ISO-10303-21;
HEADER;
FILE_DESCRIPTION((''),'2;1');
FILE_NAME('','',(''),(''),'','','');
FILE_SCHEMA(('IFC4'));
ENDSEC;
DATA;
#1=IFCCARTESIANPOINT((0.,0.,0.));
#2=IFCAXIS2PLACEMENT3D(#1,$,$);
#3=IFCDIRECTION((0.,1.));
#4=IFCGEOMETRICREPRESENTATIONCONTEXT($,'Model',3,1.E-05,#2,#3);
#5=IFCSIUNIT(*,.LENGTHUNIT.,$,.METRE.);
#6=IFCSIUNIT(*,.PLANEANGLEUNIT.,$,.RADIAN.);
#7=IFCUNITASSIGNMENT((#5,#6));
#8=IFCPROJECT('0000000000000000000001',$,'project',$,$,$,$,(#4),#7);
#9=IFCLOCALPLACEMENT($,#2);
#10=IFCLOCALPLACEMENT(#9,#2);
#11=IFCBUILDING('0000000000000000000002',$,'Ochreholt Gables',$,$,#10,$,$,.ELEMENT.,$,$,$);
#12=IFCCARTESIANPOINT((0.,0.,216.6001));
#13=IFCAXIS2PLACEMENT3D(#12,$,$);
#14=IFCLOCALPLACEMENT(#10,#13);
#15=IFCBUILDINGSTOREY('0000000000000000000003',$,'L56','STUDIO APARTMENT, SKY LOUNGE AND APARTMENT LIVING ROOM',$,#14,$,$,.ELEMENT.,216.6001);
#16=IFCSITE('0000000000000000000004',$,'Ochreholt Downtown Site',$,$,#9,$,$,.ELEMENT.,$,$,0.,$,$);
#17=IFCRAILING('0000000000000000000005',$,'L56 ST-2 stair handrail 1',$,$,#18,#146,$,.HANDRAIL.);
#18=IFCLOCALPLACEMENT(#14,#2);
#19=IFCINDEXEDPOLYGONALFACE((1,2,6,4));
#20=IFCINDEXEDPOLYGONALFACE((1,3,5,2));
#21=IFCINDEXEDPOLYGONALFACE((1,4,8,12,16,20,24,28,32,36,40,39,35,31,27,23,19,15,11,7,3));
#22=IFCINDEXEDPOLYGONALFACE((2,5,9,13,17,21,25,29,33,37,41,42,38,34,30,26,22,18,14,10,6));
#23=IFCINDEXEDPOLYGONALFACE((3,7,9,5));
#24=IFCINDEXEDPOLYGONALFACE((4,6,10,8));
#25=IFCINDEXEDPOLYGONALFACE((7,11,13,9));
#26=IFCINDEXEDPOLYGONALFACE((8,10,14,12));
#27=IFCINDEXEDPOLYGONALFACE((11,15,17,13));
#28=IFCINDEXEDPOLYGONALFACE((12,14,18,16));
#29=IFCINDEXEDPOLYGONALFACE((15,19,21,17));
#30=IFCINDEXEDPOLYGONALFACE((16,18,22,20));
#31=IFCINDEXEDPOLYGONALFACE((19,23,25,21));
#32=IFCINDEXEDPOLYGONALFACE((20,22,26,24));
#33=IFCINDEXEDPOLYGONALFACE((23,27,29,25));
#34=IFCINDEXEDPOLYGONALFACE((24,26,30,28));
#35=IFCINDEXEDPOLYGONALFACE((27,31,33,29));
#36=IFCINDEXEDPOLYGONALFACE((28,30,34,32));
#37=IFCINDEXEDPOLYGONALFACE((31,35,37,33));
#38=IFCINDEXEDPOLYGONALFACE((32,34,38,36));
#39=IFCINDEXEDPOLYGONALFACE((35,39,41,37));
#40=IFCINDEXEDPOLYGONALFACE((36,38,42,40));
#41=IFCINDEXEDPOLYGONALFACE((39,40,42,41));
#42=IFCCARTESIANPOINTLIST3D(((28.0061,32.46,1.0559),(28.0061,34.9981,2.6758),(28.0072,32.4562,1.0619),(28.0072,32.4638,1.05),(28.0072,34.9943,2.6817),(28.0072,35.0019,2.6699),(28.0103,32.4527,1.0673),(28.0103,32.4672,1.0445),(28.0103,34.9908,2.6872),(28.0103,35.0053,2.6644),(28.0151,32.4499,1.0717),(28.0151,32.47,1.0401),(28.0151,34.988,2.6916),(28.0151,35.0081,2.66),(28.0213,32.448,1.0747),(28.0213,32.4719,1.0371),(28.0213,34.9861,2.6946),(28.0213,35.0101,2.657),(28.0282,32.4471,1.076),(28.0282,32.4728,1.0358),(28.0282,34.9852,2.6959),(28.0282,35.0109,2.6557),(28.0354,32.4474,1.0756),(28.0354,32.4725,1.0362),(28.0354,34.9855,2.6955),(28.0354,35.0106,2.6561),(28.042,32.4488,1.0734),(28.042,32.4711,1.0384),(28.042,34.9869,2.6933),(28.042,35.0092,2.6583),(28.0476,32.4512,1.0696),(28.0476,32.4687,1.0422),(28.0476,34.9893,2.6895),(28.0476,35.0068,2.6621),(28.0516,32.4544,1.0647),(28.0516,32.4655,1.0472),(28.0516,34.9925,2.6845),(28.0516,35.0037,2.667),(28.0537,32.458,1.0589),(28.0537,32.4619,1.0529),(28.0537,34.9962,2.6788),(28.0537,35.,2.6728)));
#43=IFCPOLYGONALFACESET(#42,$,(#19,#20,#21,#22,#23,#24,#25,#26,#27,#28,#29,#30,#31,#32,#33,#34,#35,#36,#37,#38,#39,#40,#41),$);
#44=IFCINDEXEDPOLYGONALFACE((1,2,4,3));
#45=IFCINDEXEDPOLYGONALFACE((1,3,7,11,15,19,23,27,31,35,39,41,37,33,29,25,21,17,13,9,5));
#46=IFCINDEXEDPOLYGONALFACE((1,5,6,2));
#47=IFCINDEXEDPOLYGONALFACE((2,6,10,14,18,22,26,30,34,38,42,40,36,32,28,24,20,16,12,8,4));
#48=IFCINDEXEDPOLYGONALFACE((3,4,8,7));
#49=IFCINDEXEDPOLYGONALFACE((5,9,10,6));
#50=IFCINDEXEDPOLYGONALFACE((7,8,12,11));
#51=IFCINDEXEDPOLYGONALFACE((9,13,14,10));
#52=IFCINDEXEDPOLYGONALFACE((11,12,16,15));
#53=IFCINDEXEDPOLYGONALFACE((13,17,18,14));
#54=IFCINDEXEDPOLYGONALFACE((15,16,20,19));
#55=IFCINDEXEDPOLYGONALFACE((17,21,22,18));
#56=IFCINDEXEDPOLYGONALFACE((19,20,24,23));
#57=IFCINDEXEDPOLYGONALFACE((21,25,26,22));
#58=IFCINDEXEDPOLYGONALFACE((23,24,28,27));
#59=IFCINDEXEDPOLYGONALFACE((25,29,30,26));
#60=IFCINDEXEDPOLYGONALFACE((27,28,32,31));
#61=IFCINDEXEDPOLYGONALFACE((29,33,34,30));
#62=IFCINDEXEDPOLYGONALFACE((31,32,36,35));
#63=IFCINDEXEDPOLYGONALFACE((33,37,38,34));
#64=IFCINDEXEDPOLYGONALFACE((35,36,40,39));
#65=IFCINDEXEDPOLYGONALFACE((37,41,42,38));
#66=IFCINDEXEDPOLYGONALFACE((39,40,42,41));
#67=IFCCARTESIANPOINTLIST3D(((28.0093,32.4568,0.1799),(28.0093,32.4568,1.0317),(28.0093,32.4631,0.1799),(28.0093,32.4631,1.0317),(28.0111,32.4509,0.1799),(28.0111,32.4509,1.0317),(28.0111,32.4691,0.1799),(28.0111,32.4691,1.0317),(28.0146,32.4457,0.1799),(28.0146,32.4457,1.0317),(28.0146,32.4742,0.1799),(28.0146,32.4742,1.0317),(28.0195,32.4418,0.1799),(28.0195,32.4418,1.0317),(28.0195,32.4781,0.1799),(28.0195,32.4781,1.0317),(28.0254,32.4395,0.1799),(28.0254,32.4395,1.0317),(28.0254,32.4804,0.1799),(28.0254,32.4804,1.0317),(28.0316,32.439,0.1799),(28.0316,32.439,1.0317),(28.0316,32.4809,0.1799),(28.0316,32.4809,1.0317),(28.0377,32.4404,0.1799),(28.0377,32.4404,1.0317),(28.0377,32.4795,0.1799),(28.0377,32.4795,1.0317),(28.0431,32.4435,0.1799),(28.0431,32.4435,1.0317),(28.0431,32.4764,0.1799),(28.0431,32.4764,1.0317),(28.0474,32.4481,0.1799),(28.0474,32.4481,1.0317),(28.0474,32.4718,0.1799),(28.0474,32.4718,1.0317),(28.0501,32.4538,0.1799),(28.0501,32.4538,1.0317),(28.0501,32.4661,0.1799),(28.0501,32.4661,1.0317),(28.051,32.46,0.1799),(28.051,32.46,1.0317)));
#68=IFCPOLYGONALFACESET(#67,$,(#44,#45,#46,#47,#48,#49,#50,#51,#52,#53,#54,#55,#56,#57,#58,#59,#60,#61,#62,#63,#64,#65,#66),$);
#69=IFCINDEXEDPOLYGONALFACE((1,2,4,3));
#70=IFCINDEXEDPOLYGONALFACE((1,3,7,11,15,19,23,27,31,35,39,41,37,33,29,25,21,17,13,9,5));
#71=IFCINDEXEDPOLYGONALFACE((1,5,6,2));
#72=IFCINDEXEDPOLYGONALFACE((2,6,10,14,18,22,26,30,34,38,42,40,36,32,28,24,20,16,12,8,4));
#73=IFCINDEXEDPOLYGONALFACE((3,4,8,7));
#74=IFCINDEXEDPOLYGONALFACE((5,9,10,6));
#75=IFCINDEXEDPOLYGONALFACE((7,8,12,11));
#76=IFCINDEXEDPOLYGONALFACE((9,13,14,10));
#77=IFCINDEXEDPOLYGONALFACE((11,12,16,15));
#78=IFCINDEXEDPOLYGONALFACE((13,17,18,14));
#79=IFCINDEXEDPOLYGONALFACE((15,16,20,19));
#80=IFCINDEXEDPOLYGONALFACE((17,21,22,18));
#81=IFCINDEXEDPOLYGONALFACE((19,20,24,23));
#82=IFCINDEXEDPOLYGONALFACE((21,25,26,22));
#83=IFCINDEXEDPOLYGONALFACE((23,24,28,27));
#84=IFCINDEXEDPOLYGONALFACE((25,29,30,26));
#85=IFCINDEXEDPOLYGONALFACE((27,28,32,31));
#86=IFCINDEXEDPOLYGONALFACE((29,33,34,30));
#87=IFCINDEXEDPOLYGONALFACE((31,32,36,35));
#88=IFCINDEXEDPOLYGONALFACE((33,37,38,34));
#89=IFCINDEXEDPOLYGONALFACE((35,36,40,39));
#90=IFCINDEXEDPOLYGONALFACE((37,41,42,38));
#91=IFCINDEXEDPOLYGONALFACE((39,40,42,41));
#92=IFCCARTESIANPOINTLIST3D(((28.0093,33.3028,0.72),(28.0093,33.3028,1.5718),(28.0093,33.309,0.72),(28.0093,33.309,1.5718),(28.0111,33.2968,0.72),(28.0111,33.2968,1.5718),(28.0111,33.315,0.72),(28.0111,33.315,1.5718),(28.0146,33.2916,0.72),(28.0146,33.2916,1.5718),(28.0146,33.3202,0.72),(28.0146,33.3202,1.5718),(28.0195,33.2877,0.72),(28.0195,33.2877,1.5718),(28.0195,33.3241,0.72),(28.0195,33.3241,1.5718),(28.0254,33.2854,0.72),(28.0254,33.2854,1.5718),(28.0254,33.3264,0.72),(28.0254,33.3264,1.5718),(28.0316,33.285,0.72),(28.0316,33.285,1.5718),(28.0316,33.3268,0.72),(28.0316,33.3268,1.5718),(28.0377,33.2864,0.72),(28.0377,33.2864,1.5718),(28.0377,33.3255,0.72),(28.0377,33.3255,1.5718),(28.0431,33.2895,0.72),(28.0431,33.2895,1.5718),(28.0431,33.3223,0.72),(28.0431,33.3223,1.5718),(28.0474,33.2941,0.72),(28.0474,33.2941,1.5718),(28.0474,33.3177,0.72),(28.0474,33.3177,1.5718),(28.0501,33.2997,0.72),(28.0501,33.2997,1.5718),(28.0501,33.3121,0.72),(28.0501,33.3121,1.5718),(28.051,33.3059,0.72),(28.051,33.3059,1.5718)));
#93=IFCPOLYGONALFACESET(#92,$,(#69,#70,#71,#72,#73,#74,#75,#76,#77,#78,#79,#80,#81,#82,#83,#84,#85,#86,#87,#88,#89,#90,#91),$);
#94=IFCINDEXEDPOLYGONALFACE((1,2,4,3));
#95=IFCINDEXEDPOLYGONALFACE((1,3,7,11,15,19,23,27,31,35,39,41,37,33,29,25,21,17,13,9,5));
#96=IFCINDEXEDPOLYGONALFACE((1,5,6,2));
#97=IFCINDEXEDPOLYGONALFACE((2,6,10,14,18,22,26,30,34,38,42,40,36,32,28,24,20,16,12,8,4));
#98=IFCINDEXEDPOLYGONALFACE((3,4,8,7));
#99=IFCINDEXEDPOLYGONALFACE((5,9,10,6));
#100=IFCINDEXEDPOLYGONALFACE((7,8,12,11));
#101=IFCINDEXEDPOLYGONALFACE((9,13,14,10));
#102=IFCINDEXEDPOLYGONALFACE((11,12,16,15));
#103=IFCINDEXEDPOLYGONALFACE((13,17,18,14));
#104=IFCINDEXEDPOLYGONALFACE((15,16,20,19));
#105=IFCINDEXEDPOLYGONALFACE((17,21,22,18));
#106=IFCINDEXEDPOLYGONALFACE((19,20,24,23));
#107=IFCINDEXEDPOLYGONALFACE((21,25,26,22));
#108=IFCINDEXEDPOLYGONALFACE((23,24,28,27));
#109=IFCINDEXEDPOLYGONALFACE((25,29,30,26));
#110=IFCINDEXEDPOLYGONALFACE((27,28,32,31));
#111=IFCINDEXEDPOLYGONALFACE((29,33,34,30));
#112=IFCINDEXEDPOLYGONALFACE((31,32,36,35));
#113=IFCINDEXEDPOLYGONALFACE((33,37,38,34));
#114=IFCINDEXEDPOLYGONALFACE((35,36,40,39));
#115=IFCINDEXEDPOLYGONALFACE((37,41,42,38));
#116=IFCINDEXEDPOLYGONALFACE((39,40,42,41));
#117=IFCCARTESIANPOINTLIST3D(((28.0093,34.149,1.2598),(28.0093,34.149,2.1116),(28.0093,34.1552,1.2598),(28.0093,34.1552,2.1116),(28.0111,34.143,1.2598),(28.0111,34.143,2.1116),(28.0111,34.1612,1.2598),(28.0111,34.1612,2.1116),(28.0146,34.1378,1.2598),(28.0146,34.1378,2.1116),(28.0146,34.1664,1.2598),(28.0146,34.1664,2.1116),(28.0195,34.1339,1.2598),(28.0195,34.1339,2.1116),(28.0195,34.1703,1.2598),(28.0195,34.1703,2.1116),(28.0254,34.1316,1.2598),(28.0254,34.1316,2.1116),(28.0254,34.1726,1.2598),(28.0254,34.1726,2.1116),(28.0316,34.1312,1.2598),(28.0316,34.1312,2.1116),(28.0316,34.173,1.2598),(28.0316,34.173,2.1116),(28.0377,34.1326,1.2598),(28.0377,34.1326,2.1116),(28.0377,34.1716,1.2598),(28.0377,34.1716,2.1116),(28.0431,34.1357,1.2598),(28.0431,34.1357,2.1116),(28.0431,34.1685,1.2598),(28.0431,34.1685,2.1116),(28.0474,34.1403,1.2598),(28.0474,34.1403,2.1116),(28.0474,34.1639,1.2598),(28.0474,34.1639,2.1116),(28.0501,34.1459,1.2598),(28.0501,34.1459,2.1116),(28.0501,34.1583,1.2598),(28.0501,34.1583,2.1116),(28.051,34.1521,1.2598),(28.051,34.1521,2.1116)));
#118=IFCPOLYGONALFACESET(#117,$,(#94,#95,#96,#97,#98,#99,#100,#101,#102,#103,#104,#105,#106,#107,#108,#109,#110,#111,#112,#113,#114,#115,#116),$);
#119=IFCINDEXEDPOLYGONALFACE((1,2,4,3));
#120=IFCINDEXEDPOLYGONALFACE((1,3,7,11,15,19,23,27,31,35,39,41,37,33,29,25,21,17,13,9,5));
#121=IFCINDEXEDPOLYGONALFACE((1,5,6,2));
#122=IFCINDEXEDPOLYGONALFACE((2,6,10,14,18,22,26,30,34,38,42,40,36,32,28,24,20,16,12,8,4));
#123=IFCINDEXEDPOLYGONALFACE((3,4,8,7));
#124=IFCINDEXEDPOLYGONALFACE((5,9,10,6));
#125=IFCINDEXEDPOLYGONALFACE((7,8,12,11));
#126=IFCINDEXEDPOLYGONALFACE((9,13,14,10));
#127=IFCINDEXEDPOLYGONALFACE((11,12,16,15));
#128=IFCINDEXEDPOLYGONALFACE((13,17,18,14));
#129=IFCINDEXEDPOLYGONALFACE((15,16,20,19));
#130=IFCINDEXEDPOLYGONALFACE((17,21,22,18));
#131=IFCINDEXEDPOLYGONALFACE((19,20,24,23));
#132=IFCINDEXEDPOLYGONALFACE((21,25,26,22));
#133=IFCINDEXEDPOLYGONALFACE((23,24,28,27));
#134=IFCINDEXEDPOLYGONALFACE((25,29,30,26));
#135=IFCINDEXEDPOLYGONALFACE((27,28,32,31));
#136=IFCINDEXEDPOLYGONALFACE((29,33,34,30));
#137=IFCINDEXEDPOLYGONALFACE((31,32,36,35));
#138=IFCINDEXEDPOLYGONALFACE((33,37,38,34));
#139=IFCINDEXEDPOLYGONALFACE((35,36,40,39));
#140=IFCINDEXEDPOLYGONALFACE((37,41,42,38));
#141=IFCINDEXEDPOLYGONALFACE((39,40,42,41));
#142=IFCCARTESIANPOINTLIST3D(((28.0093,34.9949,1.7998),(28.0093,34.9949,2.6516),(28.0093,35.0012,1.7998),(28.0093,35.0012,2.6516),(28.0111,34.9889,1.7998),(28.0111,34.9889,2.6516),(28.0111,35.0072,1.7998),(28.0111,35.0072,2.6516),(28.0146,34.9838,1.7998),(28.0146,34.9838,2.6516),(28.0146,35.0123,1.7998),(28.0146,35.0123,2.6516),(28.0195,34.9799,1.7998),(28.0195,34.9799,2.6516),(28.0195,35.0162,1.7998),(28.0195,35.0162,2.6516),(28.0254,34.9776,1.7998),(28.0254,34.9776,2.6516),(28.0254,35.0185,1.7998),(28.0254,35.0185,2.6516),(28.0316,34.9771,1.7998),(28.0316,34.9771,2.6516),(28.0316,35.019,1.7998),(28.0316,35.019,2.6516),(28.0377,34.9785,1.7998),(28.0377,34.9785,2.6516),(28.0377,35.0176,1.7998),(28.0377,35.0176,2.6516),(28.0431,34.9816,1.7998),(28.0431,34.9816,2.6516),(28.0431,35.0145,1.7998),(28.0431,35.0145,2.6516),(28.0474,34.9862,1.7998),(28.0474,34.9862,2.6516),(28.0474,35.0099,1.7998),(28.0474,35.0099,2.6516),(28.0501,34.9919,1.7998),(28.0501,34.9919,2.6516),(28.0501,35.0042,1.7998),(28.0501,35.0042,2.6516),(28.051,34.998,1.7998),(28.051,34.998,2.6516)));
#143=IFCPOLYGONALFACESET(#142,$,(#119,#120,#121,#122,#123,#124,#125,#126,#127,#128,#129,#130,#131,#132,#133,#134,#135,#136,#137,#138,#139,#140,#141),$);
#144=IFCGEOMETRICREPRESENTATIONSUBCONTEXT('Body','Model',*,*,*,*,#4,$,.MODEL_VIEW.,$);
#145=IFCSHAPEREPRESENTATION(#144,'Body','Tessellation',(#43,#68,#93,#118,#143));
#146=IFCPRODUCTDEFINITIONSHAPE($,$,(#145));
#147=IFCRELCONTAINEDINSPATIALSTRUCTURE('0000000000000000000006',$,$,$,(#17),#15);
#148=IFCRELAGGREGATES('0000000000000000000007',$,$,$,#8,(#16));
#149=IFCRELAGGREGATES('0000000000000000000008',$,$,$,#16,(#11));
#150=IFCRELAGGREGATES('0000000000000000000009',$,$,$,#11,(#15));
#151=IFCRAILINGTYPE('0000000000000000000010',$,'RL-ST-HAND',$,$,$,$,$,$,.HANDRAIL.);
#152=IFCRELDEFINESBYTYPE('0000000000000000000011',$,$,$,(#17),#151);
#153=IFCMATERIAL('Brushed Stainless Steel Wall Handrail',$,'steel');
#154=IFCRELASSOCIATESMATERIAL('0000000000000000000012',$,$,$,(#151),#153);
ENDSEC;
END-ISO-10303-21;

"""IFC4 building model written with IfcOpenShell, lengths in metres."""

from ifc_helpers import new_model, si_unit, direction, frame, origin, origin_2d, place, context, subcontext, project, spatial, circle, extrude, material, type_object, element, save


model = new_model("IFC4")

# Units and contexts
model_context = context("Model", 3, precision=1e-05, world=origin(), true_north=direction((0.0, 1.0)))
body_context = subcontext(model_context, "Body", "Model", "MODEL_VIEW")
ifc_project = project(units=[si_unit("LENGTHUNIT", "METRE"), si_unit("PLANEANGLEUNIT", "RADIAN")], contexts=[model_context])

# Site, building, storey
site_placement = place(None, origin())
site = spatial("IfcSite", under=ifc_project, at=site_placement, Name="Ochreholt Downtown Site", CompositionType="ELEMENT", RefElevation=0.0)
building_placement = place(site_placement, origin())
building = spatial("IfcBuilding", under=site, at=building_placement, Name="Ochreholt Gables", CompositionType="ELEMENT")
storey_placement = place(building_placement, frame((0.0, 0.0, 216.6001)))
storey = spatial("IfcBuildingStorey", under=building, at=storey_placement, Name="L56", Description="STUDIO APARTMENT, SKY LOUNGE AND APARTMENT LIVING ROOM", CompositionType="ELEMENT", Elevation=216.6001)

# Railing
ifc_material_1 = material(Name="Brushed Stainless Steel Wall Handrail", Category="steel")
railing_type_1 = type_object("IfcRailingType", Name="RL-ST-HAND", PredefinedType="HANDRAIL", material=ifc_material_1)
railing_1_placement = place(storey_placement, frame((28.03, 32.46, 0.1799)))
element("IfcRailing", 1, at=railing_1_placement, inside=storey, type_object=railing_type_1, Name="L56 ST-2 stair handrail 1", PredefinedType="HANDRAIL", context=body_context, shape_type="SweptSolid", body=[
    extrude(circle(Radius=0.0239, at=origin_2d()), frame((0.0, 0.0, 0.876), z_axis=(0.0, 0.84295, 0.537993), x_axis=(-1.0, 0.0, 0.0)), (0.0, 0.0, 1.0), 3.011),
    extrude(circle(Radius=0.021, at=origin_2d()), origin(), (0.0, 0.0, 1.0), 0.8518),
    extrude(circle(Radius=0.021, at=origin_2d()), frame((0.0, 0.8459, 0.54)), (0.0, 0.0, 1.0), 0.8518),
    extrude(circle(Radius=0.021, at=origin_2d()), frame((0.0, 1.6921, 1.0798)), (0.0, 0.0, 1.0), 0.8518),
    extrude(circle(Radius=0.021, at=origin_2d()), frame((0.0, 2.5381, 1.6199)), (0.0, 0.0, 1.0), 0.8518),
])

save(model, "model.ifc")
